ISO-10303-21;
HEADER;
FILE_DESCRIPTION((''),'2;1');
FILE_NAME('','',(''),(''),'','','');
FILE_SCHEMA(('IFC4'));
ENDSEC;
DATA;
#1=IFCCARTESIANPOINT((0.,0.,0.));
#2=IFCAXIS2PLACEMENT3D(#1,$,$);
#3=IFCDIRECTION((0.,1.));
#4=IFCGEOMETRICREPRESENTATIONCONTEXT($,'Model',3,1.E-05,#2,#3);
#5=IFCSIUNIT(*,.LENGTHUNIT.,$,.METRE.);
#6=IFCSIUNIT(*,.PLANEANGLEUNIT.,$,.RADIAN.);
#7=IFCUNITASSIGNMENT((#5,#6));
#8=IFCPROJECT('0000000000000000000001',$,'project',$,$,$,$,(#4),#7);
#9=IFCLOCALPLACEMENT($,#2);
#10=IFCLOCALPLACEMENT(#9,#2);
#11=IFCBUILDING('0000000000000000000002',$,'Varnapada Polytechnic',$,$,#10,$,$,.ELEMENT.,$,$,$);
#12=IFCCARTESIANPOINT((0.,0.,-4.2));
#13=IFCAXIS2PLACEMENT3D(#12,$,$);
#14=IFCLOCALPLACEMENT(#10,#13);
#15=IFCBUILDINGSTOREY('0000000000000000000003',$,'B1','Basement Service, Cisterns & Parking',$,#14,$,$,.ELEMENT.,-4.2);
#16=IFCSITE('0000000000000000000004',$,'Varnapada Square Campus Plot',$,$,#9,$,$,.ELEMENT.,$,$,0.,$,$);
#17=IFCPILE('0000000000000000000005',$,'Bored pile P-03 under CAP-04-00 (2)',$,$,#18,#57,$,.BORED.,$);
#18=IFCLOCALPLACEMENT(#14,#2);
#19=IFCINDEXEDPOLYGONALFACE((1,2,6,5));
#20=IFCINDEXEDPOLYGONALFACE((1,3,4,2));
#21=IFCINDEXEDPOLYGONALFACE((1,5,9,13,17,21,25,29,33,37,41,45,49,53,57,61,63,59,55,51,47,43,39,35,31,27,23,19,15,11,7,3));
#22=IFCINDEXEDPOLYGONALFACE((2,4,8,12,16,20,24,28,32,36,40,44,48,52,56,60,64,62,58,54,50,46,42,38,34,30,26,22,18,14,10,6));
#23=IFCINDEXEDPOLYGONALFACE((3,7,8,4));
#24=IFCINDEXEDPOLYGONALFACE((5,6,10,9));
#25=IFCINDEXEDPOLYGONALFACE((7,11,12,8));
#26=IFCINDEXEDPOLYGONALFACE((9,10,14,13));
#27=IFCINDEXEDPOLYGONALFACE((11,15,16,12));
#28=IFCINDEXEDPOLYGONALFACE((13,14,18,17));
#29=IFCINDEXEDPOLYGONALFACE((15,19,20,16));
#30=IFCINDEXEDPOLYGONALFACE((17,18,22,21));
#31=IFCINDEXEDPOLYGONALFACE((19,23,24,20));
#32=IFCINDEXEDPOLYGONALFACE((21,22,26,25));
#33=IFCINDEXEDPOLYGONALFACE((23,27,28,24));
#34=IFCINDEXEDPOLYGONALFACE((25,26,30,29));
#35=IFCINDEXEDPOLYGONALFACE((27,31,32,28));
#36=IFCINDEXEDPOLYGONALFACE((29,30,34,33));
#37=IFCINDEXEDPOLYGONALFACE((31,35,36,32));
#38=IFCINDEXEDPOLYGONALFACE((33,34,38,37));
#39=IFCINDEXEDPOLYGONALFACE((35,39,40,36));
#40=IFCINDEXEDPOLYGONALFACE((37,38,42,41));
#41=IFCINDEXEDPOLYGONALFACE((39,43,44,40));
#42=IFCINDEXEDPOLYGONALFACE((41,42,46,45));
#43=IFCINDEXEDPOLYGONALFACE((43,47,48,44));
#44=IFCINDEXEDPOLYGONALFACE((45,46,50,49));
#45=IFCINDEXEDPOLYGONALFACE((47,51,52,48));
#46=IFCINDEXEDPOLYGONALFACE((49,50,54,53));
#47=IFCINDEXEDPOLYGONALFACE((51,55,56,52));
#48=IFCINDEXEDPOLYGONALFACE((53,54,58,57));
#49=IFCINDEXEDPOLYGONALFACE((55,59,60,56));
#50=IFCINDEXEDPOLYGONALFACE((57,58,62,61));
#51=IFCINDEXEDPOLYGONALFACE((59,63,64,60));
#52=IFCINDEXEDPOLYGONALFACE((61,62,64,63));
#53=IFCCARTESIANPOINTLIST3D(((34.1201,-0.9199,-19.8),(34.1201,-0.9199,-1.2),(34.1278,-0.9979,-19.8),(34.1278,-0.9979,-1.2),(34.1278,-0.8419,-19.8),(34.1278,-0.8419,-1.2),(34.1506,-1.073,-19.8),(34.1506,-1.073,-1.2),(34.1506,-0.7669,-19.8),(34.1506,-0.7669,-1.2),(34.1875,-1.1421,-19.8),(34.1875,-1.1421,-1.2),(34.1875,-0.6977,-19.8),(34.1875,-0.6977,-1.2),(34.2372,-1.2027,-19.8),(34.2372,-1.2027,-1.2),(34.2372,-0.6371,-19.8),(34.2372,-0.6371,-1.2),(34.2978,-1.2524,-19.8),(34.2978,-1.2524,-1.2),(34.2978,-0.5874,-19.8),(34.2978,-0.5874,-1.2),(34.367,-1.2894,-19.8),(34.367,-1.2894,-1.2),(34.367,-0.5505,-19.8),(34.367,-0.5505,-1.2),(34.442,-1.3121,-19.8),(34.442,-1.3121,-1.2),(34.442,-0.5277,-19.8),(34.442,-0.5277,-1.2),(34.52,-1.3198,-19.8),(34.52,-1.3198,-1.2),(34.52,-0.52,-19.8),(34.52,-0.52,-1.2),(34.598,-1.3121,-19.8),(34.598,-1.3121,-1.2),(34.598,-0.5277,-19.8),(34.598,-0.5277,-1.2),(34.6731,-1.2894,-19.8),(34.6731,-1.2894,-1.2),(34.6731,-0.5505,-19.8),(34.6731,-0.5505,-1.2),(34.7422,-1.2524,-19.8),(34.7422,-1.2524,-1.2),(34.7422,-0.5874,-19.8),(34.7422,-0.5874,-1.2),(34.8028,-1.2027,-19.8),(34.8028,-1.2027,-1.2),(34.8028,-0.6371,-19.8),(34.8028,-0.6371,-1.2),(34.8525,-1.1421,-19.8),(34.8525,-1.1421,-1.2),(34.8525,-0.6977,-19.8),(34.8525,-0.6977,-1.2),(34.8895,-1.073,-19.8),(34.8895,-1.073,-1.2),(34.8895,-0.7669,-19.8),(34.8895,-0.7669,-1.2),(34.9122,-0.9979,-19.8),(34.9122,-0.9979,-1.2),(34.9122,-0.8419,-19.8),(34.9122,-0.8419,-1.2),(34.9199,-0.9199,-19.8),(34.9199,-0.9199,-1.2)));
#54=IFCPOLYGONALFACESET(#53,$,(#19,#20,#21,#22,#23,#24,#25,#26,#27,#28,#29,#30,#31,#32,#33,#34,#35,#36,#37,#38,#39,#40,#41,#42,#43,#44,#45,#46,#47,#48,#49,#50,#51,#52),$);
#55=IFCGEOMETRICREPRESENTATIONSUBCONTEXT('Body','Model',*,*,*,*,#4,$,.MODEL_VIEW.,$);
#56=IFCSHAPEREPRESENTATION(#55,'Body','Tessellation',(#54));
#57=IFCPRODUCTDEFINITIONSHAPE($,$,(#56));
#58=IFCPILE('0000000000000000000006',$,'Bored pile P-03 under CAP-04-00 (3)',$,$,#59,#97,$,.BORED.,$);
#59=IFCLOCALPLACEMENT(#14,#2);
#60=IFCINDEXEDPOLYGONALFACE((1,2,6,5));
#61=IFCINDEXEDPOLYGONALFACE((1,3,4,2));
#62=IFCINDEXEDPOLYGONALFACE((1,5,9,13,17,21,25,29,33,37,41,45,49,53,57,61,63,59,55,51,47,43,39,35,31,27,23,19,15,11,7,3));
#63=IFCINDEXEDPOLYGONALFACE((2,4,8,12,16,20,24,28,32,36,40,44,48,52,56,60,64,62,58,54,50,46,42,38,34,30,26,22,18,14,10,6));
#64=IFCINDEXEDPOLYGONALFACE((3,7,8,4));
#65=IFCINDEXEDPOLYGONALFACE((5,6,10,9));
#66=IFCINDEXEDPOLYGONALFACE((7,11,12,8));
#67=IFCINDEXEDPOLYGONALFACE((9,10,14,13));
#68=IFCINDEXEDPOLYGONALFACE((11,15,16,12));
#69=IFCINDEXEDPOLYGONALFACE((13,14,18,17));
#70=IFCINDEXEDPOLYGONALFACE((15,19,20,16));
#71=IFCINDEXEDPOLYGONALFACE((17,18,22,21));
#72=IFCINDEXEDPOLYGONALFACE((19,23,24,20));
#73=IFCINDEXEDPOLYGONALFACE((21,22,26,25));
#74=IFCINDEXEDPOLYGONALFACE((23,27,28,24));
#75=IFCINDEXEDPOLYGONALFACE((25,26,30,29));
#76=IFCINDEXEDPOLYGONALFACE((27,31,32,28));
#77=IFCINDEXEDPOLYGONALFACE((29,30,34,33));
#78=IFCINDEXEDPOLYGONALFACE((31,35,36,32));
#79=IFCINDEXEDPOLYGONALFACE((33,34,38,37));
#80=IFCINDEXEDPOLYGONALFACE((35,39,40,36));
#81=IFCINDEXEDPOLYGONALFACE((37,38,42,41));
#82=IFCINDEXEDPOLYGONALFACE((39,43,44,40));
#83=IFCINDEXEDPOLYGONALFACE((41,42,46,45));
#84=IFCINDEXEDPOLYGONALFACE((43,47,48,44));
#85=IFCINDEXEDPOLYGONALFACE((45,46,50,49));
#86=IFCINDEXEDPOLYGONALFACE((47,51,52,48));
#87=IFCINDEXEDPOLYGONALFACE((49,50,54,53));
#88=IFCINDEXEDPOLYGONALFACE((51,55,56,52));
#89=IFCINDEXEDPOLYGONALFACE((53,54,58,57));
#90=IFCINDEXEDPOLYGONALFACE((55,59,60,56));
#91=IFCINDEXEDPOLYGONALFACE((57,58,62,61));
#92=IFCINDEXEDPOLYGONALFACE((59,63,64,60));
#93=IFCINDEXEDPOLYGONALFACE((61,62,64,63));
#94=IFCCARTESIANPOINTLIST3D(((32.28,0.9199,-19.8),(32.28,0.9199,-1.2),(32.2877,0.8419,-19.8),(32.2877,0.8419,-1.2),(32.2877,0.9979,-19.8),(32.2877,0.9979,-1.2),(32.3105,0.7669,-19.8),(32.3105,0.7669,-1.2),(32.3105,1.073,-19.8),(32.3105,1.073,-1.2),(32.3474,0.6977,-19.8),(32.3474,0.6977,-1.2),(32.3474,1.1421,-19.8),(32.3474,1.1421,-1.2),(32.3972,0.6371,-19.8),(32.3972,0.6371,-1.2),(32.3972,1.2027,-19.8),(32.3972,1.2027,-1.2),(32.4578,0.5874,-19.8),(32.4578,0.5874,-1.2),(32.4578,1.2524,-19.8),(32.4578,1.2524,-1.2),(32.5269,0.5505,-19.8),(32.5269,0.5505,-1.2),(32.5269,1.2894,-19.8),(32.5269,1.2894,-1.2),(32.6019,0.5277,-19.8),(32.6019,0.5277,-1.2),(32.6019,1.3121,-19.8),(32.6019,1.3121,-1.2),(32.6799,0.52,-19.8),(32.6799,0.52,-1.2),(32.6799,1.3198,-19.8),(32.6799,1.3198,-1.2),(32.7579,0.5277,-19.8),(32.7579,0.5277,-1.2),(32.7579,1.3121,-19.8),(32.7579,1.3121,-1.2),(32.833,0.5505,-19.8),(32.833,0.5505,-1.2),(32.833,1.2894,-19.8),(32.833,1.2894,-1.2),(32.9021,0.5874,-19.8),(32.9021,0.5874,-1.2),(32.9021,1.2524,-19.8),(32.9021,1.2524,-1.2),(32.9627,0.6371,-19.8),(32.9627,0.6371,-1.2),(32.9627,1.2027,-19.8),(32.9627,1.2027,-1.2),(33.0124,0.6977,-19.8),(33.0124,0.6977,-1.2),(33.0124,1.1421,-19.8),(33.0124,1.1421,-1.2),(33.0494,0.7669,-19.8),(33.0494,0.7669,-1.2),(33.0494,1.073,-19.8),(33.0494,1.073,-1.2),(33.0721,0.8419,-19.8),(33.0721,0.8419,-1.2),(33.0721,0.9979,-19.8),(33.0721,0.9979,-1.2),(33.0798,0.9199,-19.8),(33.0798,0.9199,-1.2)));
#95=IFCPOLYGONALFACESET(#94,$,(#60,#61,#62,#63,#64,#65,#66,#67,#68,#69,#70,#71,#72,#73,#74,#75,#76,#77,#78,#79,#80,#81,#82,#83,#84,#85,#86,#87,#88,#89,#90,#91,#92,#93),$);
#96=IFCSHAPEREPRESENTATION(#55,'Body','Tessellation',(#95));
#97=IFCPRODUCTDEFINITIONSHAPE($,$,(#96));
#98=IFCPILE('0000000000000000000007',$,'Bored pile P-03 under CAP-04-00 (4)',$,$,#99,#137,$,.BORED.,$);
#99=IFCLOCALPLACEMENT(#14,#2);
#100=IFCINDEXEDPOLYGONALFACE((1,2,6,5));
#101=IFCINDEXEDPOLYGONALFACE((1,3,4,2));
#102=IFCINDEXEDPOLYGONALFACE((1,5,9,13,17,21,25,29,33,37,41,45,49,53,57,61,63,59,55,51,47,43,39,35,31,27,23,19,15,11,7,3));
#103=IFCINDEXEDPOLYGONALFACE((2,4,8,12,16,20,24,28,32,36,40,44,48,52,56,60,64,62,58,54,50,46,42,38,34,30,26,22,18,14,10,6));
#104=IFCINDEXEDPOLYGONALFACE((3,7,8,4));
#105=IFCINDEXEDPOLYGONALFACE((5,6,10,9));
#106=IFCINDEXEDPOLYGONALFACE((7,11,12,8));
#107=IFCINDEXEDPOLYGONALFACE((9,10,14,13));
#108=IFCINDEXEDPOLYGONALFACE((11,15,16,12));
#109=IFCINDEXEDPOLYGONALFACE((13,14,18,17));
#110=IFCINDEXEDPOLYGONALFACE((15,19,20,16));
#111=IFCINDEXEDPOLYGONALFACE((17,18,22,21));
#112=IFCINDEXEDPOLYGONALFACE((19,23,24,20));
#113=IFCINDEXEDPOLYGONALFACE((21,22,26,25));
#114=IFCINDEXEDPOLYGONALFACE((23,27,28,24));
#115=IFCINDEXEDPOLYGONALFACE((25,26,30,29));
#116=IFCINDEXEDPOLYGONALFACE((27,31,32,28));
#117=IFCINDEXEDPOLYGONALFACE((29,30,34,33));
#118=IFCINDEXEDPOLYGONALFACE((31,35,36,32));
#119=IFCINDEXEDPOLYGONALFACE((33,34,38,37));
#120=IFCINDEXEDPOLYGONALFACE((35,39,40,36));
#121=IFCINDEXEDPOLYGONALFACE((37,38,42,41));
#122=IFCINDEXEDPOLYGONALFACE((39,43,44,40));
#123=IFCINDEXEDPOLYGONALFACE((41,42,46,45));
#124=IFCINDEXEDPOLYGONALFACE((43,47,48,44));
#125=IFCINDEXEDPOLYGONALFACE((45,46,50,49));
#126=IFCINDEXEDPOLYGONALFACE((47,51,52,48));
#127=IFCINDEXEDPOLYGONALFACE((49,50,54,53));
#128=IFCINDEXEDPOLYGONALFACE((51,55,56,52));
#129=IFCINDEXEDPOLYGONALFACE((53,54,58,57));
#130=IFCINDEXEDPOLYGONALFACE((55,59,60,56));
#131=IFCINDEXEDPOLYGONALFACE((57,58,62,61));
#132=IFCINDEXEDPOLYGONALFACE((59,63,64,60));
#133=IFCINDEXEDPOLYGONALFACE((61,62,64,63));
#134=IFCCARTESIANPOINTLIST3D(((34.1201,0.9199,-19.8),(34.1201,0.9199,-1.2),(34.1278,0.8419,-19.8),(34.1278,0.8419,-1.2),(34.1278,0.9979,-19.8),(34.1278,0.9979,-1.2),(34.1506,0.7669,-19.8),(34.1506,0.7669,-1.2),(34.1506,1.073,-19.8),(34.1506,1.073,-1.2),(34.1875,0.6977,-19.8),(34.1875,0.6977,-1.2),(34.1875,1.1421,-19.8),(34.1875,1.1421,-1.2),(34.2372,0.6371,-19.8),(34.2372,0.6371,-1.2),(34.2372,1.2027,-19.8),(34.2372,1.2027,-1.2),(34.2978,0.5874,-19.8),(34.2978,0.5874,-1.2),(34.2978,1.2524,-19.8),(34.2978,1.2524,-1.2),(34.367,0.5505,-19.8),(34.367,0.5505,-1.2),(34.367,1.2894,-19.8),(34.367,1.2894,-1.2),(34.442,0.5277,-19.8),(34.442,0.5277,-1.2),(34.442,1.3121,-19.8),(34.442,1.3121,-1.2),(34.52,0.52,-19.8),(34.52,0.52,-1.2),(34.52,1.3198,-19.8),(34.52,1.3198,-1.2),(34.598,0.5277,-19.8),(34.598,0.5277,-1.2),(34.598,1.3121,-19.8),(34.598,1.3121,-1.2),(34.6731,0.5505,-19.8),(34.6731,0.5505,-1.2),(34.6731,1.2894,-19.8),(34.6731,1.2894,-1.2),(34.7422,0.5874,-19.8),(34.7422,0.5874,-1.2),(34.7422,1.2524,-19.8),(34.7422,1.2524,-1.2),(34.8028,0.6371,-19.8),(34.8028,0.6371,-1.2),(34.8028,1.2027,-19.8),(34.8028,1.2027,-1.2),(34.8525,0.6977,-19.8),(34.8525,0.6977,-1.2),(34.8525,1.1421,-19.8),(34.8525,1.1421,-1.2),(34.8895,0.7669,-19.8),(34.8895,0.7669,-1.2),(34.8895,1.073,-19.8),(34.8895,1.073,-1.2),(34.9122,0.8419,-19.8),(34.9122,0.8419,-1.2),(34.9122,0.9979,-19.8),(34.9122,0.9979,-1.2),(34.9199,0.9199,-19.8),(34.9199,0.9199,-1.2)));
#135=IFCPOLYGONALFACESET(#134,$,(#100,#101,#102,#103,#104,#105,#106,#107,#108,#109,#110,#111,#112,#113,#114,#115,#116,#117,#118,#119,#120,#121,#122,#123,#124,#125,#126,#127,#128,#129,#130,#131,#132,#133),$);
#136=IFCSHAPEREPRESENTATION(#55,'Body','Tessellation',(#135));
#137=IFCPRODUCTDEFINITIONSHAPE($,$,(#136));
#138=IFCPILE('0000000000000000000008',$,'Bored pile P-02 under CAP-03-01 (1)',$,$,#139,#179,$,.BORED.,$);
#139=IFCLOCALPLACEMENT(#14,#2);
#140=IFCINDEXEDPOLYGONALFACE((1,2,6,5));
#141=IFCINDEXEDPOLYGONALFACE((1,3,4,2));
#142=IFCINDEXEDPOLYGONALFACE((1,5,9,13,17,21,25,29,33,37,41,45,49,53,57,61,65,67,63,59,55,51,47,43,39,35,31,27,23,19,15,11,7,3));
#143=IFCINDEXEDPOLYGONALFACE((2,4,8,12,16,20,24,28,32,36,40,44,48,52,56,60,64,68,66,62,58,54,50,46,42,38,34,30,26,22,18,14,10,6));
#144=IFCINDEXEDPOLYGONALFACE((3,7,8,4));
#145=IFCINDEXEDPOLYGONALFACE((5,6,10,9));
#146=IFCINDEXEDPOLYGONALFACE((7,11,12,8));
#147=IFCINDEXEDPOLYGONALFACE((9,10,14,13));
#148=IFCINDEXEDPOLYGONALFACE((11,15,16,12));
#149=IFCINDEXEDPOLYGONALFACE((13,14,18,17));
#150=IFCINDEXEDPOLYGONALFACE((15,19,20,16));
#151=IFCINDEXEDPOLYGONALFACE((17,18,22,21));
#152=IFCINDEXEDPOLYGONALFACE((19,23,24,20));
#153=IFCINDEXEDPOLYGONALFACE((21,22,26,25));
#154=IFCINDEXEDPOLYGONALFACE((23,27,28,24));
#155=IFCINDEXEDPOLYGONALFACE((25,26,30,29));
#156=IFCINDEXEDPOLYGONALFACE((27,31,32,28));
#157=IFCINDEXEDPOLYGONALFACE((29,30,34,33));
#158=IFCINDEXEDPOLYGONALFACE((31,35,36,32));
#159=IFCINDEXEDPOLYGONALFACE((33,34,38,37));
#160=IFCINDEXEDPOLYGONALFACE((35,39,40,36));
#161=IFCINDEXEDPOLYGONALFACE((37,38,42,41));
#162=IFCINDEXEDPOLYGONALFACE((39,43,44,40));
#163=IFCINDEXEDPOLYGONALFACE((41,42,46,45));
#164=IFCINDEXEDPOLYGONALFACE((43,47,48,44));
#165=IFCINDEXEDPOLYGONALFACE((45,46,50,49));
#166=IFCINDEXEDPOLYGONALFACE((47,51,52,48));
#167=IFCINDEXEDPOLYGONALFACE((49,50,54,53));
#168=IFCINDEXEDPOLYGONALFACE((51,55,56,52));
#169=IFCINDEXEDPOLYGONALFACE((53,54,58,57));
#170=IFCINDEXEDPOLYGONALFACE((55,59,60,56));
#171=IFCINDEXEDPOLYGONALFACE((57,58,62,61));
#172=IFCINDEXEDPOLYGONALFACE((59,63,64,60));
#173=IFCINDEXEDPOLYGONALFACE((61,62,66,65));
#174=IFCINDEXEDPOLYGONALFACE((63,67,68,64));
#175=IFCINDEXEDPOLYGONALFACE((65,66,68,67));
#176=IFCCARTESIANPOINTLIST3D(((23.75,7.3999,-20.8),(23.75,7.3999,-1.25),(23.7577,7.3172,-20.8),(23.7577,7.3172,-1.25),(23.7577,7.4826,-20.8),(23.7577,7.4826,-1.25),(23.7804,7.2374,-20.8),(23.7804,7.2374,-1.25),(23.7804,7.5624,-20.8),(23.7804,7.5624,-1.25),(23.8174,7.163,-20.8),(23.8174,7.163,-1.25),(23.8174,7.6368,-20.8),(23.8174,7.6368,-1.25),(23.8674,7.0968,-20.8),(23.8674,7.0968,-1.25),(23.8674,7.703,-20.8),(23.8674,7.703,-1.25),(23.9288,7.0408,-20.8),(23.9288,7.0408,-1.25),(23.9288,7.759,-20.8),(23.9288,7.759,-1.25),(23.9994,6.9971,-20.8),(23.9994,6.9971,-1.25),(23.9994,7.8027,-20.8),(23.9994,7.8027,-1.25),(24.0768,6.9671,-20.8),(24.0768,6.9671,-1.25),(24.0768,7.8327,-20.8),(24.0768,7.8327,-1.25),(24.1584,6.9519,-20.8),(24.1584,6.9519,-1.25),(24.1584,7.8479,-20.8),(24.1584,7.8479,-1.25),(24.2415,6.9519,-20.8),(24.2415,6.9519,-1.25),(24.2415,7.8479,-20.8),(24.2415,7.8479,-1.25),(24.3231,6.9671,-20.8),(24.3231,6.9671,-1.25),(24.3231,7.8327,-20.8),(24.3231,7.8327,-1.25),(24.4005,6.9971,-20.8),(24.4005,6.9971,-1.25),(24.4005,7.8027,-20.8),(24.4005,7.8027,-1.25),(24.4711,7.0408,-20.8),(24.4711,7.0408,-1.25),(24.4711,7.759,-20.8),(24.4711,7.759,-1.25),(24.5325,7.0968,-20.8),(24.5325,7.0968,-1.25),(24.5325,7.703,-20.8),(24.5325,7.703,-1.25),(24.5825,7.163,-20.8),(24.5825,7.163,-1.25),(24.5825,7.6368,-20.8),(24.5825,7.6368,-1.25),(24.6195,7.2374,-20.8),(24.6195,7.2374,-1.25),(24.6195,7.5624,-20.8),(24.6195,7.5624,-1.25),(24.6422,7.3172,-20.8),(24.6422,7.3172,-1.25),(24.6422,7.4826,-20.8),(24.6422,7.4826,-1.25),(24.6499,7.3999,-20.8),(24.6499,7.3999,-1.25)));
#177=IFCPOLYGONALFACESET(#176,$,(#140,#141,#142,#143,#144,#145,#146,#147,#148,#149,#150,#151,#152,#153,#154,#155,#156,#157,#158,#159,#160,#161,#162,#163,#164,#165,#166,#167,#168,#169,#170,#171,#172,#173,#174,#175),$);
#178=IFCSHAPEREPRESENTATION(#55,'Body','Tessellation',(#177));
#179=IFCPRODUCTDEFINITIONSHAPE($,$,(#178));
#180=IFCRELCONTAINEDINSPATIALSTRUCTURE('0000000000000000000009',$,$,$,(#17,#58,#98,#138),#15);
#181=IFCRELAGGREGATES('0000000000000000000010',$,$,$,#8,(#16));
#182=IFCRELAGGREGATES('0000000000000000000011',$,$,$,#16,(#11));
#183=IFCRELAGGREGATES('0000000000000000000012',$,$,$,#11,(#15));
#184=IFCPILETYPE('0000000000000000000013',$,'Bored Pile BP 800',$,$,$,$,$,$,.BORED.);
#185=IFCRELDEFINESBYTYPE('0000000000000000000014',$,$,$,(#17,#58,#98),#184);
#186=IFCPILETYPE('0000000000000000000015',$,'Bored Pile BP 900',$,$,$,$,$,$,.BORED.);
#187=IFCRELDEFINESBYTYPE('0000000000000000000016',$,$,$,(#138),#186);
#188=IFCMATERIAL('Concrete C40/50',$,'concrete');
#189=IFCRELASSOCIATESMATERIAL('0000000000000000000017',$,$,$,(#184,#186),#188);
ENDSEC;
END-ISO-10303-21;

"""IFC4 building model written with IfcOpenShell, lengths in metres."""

from ifc_helpers import new_model, si_unit, direction, frame, origin, origin_2d, place, context, subcontext, project, spatial, circle, extrude, material, material_profile, profile_set, type_object, element, save


model = new_model("IFC4")

# Units and contexts
model_context = context("Model", 3, precision=1e-05, world=origin(), true_north=direction((0.0, 1.0)))
body_context = subcontext(model_context, "Body", "Model", "MODEL_VIEW")
ifc_project = project(units=[si_unit("LENGTHUNIT", "METRE"), si_unit("PLANEANGLEUNIT", "RADIAN")], contexts=[model_context])

# Site, building, storey
site_placement = place(None, origin())
site = spatial("IfcSite", under=ifc_project, at=site_placement, Name="Varnapada Square Campus Plot", CompositionType="ELEMENT", RefElevation=0.0)
building_placement = place(site_placement, origin())
building = spatial("IfcBuilding", under=site, at=building_placement, Name="Varnapada Polytechnic", CompositionType="ELEMENT")
storey_placement = place(building_placement, frame((0.0, 0.0, -4.2)))
storey = spatial("IfcBuildingStorey", under=building, at=storey_placement, Name="B1", Description="Basement Service, Cisterns & Parking", CompositionType="ELEMENT", Elevation=-4.2)

# Piles
ifc_material_1 = material(Name="Concrete C40/50", Category="concrete")
ifc_material_profile_1 = material_profile(ifc_material_1, circle(Radius=0.3999, at=origin_2d()), Name="BP 800")
ifc_profile_set_1 = profile_set([ifc_material_profile_1], Name="Concrete C40/50")
pile_type_1 = type_object("IfcPileType", Name="Bored Pile BP 800", PredefinedType="BORED", material=ifc_profile_set_1)
for number, where, z_axis, x_axis, name in (
    (1, (34.52, -0.9199, -1.2), (0.0, 0.0, -1.0), (1.0, 0.0, 0.0), "Bored pile P-03 under CAP-04-00 (2)"),
    (2, (32.6799, 0.9199, -1.2), (0.0, 0.0, -1.0), (1.0, 0.0, 0.0), "Bored pile P-03 under CAP-04-00 (3)"),
    (3, (34.52, 0.9199, -1.2), (0.0, 0.0, -1.0), (1.0, 0.0, 0.0), "Bored pile P-03 under CAP-04-00 (4)"),
):
    element("IfcPile", number, at=place(storey_placement, frame(where, z_axis=z_axis, x_axis=x_axis)), inside=storey, type_object=pile_type_1, Name=name, PredefinedType="BORED", context=body_context, shape_type="SweptSolid", body=[
        extrude(circle(Radius=0.3999, at=origin_2d()), origin(), (0.0, 0.0, 1.0), 18.6001),
    ])
ifc_material_profile_2 = material_profile(ifc_material_1, circle(Radius=0.45, at=origin_2d()), Name="BP 900")
ifc_profile_set_2 = profile_set([ifc_material_profile_2], Name="Concrete C40/50")
pile_type_2 = type_object("IfcPileType", Name="Bored Pile BP 900", PredefinedType="BORED", material=ifc_profile_set_2)
for number, where, z_axis, x_axis, name in (
    (4, (24.2, 7.3999, -1.25), (0.0, 0.0, -1.0), (1.0, 0.0, 0.0), "Bored pile P-02 under CAP-03-01 (1)"),
):
    element("IfcPile", number, at=place(storey_placement, frame(where, z_axis=z_axis, x_axis=x_axis)), inside=storey, type_object=pile_type_2, Name=name, PredefinedType="BORED", context=body_context, shape_type="SweptSolid", body=[
        extrude(circle(Radius=0.45, at=origin_2d()), origin(), (0.0, 0.0, 1.0), 19.55),
    ])

save(model, "model.ifc")
